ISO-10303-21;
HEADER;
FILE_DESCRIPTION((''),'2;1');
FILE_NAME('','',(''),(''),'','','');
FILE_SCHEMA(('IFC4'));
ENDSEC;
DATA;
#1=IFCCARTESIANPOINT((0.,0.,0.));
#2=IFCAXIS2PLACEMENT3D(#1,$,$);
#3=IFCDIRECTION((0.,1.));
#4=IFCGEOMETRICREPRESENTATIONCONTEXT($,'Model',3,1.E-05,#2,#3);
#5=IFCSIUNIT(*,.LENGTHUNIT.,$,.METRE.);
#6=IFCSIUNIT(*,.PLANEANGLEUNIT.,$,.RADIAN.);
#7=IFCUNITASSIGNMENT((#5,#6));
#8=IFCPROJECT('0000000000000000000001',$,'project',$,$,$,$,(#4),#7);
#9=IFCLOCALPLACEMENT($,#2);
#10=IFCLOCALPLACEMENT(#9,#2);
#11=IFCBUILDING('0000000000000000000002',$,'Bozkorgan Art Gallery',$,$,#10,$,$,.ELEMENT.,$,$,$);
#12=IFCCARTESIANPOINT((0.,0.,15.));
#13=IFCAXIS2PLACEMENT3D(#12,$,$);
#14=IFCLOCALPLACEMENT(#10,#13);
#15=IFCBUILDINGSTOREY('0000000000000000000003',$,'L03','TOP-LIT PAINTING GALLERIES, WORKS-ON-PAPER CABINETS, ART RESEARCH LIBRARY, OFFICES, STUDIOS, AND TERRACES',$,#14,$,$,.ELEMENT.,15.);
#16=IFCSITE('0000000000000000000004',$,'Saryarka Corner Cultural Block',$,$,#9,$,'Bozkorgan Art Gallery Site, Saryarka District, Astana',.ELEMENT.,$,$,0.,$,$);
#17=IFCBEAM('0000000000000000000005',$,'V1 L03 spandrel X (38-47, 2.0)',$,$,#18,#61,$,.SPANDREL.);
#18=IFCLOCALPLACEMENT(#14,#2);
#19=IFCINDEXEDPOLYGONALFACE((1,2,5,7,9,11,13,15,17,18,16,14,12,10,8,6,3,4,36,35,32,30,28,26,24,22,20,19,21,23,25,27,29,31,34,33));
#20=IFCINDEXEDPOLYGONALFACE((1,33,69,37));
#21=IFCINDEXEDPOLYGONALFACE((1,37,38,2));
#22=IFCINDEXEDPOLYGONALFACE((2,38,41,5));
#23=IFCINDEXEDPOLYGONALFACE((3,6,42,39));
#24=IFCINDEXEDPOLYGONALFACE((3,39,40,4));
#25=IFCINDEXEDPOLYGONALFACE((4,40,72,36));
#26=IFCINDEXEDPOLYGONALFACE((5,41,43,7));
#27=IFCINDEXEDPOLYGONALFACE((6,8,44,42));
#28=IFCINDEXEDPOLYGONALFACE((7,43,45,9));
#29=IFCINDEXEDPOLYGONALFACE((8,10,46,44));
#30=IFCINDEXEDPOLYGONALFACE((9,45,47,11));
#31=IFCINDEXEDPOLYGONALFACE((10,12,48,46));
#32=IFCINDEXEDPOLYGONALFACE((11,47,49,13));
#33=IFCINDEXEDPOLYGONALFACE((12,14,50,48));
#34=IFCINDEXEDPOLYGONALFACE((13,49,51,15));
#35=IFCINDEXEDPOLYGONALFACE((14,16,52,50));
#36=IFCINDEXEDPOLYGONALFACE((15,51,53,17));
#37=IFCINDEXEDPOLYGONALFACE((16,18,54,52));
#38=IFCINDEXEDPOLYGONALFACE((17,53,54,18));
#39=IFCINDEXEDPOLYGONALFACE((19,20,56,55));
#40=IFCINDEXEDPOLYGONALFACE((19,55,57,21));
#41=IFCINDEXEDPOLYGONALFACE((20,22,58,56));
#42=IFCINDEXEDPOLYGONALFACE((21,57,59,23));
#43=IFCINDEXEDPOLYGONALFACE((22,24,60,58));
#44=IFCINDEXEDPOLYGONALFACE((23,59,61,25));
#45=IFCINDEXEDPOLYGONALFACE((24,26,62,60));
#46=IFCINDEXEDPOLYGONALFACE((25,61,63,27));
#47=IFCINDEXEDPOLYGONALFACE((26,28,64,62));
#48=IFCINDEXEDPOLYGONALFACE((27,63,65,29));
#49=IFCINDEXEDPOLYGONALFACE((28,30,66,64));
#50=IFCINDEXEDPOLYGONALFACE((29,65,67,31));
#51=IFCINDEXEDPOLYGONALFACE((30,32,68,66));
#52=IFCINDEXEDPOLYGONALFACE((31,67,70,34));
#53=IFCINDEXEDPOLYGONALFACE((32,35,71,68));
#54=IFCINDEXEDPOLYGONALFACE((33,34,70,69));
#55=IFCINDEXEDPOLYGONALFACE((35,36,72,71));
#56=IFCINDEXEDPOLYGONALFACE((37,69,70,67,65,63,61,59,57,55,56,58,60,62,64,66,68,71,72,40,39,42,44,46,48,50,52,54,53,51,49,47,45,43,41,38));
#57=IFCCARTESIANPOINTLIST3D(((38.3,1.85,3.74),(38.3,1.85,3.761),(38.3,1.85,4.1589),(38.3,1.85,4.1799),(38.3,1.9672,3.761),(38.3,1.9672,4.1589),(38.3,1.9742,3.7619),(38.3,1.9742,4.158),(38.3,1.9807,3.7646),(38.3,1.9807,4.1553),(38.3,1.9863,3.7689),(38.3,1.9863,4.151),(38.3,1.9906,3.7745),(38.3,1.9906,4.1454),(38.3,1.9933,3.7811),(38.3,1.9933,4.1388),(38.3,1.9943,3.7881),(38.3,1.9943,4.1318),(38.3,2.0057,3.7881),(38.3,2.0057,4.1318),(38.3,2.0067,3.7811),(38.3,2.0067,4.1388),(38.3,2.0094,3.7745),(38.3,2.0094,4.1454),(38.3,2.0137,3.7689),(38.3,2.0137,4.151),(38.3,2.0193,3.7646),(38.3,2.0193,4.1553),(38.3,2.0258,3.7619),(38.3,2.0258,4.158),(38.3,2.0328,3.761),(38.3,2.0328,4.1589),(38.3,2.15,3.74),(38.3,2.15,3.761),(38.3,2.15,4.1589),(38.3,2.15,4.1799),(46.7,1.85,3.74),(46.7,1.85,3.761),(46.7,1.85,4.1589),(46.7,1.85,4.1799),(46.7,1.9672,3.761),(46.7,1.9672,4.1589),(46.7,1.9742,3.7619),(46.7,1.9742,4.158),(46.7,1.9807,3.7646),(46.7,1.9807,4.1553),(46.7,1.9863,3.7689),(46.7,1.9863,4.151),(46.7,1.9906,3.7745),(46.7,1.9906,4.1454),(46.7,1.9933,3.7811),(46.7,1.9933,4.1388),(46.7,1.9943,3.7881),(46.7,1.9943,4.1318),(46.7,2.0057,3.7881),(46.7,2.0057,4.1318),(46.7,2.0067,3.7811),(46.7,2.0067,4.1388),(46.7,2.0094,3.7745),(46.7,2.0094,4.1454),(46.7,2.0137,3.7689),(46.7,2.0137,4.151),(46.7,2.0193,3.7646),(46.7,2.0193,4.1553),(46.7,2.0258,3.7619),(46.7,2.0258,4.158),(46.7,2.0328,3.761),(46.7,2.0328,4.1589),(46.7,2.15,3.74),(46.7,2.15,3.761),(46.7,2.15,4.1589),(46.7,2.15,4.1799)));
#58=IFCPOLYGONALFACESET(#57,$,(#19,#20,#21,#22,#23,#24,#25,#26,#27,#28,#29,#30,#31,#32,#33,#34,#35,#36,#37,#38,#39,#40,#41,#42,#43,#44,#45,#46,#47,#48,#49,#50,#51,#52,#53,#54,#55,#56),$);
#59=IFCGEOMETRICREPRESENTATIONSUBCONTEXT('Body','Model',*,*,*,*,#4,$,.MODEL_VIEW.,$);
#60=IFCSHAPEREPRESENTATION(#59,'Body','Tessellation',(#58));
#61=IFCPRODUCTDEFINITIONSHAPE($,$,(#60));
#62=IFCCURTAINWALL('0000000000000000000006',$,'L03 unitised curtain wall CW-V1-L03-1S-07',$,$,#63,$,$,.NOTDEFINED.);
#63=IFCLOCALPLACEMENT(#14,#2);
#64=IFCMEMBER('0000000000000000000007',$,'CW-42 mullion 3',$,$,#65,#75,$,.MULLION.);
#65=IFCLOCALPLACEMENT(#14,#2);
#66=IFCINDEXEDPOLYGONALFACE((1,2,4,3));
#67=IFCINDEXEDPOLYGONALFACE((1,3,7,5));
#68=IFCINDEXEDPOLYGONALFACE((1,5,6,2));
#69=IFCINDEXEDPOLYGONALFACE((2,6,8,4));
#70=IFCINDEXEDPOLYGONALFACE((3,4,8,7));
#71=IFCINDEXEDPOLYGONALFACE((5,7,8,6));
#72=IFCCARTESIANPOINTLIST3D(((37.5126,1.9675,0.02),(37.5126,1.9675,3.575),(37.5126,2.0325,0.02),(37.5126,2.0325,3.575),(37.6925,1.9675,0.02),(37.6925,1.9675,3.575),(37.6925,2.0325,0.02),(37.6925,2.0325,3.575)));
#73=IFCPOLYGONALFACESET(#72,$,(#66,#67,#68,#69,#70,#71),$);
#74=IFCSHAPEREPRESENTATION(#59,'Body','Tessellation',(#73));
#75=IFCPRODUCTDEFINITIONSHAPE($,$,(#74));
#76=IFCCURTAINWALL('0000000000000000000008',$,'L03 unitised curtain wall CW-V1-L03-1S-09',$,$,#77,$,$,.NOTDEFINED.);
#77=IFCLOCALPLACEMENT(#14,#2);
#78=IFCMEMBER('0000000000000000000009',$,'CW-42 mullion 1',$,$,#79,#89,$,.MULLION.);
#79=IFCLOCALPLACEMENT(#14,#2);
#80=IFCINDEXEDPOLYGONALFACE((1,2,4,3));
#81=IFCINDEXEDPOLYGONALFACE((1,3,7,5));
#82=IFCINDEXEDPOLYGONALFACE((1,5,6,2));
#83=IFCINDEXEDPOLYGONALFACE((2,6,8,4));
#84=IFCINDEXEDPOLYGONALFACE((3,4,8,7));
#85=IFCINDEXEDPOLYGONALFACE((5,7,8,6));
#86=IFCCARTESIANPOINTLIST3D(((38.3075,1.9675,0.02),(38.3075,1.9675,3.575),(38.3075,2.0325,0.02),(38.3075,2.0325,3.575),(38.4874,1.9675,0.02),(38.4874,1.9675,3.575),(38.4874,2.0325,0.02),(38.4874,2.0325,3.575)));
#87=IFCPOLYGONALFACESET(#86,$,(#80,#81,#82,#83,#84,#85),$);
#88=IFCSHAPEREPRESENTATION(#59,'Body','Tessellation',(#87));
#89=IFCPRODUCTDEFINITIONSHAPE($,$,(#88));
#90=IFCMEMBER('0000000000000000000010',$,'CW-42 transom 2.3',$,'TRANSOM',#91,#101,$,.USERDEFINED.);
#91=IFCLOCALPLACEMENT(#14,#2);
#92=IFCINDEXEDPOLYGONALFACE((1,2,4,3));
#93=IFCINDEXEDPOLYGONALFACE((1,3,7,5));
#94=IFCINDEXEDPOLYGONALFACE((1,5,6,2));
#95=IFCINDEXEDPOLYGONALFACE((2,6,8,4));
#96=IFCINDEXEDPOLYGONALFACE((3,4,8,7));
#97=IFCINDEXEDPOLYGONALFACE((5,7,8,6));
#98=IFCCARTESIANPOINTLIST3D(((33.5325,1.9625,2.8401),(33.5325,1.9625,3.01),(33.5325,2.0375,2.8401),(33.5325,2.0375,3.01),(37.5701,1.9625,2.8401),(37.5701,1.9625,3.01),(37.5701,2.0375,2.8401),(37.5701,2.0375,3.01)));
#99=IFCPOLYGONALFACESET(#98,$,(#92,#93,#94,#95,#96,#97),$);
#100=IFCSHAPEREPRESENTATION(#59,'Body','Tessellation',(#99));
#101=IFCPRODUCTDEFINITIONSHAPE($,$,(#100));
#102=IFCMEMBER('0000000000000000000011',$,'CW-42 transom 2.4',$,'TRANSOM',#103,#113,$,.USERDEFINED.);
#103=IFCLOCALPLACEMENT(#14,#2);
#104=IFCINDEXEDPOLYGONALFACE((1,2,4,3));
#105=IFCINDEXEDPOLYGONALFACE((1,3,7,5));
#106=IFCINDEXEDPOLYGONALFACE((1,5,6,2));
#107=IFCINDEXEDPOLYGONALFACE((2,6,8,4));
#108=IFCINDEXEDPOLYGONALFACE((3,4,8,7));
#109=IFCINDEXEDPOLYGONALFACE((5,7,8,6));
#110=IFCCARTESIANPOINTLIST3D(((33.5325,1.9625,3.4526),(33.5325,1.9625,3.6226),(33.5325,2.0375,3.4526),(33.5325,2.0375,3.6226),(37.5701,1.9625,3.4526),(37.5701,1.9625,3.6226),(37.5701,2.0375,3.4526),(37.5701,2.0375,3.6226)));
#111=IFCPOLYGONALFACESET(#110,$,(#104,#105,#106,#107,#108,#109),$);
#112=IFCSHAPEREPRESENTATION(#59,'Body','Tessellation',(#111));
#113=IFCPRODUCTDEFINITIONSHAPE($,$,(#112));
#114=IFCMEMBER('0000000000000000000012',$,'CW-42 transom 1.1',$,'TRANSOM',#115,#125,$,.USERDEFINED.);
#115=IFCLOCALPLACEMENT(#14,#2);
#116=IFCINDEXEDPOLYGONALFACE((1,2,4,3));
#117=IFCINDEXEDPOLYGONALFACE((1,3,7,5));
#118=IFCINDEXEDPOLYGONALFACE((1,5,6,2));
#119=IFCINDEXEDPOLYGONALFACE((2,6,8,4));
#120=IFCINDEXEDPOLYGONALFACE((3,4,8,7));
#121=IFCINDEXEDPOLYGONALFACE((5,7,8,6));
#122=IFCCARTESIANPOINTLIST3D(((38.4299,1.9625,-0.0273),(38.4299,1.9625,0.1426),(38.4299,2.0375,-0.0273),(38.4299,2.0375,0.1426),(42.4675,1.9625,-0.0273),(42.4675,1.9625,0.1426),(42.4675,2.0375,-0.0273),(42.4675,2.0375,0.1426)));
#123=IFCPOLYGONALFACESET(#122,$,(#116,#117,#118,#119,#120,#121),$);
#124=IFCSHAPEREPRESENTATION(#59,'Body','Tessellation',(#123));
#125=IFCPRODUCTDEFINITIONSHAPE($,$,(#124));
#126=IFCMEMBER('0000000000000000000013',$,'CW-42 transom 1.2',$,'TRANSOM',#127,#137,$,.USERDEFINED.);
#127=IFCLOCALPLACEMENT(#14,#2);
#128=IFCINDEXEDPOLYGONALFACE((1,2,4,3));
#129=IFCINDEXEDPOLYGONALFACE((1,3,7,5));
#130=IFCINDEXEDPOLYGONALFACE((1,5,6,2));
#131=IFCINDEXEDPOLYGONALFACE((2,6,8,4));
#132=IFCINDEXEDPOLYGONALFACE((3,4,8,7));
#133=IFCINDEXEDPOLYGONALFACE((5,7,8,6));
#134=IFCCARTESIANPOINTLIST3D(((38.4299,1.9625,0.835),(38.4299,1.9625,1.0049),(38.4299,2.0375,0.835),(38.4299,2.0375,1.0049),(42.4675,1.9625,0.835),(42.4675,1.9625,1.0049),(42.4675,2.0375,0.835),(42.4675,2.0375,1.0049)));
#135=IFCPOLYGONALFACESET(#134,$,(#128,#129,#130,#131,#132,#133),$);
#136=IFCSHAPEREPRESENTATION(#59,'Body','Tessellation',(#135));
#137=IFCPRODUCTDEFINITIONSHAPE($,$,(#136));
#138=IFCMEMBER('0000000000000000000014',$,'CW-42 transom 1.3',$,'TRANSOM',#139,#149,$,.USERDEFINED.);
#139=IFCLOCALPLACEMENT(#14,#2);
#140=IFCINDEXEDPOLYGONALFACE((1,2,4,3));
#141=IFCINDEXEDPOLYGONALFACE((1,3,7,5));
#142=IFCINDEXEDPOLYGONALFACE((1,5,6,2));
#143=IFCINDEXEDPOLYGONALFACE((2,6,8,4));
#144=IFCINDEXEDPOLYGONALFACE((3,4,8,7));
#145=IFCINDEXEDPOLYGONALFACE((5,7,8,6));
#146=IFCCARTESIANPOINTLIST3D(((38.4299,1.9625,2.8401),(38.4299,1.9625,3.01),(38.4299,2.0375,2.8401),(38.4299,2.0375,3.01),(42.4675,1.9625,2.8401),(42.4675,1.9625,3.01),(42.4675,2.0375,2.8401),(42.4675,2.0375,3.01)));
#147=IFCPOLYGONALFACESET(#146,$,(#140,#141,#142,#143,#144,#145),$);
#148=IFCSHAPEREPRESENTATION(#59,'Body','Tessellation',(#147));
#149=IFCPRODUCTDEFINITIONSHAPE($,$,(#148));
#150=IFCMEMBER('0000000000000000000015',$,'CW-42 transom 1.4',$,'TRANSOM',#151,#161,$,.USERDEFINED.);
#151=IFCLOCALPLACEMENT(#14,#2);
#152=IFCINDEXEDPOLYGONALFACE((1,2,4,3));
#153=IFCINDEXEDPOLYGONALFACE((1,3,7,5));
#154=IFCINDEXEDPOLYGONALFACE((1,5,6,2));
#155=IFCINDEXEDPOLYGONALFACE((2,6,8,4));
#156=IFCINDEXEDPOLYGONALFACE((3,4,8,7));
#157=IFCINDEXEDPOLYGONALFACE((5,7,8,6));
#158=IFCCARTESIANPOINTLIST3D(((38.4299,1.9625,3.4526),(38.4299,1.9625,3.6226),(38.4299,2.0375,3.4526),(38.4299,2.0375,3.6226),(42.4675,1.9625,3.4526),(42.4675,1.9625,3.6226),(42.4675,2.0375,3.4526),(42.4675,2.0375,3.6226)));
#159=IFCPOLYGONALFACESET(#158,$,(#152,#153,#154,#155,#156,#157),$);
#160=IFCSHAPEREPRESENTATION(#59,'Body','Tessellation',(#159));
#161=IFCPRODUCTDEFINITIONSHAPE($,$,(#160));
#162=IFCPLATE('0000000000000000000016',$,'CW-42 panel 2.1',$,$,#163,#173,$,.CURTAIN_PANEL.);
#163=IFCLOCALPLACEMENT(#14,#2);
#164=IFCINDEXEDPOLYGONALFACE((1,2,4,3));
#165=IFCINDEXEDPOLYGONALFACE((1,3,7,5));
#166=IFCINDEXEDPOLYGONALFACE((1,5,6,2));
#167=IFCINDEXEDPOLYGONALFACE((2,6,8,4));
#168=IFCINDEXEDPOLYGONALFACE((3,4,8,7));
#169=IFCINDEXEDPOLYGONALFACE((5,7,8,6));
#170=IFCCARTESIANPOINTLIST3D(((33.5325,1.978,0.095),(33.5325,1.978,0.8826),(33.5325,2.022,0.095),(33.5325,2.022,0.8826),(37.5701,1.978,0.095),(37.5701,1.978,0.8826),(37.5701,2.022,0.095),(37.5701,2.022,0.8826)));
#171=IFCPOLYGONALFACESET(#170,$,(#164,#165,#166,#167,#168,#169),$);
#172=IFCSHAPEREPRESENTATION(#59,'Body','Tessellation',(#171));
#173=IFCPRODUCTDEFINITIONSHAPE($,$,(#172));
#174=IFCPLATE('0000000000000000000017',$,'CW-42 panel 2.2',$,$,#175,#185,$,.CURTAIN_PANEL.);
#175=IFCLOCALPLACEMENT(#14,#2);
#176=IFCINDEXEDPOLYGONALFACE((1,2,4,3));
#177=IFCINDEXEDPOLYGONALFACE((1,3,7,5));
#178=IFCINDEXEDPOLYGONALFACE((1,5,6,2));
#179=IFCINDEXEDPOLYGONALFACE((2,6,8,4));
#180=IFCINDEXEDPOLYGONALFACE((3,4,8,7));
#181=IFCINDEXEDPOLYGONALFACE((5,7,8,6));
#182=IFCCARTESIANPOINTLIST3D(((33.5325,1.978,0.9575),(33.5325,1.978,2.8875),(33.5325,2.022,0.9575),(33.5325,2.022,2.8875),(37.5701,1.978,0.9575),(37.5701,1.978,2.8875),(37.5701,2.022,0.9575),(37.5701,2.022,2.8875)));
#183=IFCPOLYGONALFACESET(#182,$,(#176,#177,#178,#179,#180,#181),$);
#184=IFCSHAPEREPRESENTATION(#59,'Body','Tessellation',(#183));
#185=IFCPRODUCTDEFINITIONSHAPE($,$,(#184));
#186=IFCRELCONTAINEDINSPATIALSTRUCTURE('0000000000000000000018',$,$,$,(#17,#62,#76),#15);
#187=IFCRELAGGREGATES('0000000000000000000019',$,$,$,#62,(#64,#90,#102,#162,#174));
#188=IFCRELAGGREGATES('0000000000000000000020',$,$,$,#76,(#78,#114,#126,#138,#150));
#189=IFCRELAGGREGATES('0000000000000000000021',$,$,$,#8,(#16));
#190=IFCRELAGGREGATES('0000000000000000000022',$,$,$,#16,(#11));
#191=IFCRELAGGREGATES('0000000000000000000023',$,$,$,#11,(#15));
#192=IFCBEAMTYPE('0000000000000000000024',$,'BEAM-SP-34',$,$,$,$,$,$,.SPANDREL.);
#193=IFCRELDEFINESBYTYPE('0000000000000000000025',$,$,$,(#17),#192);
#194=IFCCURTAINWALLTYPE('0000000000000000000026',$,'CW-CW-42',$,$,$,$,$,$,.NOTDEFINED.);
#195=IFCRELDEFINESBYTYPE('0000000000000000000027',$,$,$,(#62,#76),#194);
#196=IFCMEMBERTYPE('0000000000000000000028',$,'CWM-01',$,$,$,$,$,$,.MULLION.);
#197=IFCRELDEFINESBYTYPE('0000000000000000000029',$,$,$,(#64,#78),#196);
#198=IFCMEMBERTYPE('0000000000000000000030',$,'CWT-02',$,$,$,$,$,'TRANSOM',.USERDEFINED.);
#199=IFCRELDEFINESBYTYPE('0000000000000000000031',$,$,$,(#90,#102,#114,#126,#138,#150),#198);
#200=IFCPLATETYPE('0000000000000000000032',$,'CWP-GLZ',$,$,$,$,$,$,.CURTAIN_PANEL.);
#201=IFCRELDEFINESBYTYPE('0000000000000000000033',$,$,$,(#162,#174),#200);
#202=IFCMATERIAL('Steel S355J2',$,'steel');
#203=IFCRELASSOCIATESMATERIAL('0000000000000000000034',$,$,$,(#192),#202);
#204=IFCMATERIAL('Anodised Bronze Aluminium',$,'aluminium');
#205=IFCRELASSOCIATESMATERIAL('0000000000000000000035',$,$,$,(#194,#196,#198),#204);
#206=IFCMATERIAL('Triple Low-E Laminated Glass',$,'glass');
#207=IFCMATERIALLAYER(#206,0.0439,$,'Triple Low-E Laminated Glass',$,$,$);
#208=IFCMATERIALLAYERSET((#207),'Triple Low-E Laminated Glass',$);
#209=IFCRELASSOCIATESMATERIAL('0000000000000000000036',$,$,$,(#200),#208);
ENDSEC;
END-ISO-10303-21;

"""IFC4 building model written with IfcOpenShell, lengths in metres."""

from ifc_helpers import new_model, si_unit, direction, frame, origin, origin_2d, place, context, subcontext, project, spatial, rectangle, i_section, extrude, material, layer, layer_set, material_profile, profile_set, type_object, element, aggregate, save


model = new_model("IFC4")

# Units and contexts
model_context = context("Model", 3, precision=1e-05, world=origin(), true_north=direction((0.0, 1.0)))
body_context = subcontext(model_context, "Body", "Model", "MODEL_VIEW")
ifc_project = project(units=[si_unit("LENGTHUNIT", "METRE"), si_unit("PLANEANGLEUNIT", "RADIAN")], contexts=[model_context])

# Site, building, storey
site_placement = place(None, origin())
site = spatial("IfcSite", under=ifc_project, at=site_placement, Name="Saryarka Corner Cultural Block", LongName="Bozkorgan Art Gallery Site, Saryarka District, Astana", CompositionType="ELEMENT", RefElevation=0.0)
building_placement = place(site_placement, origin())
building = spatial("IfcBuilding", under=site, at=building_placement, Name="Bozkorgan Art Gallery", CompositionType="ELEMENT")
storey_placement = place(building_placement, frame((0.0, 0.0, 15.0)))
storey = spatial("IfcBuildingStorey", under=building, at=storey_placement, Name="L03", Description="TOP-LIT PAINTING GALLERIES, WORKS-ON-PAPER CABINETS, ART RESEARCH LIBRARY, OFFICES, STUDIOS, AND TERRACES", CompositionType="ELEMENT", Elevation=15.0)

# Beam
ifc_material_1 = material(Name="Steel S355J2", Category="steel")
ifc_material_profile_1 = material_profile(ifc_material_1, i_section(OverallWidth=0.3, OverallDepth=0.4399, WebThickness=0.0115, FlangeThickness=0.021, FilletRadius=0.0271, at=origin_2d()), Name="HEA 450")
ifc_profile_set_1 = profile_set([ifc_material_profile_1], Name="Steel S355J2")
beam_type_1 = type_object("IfcBeamType", Name="BEAM-SP-34", PredefinedType="SPANDREL", material=ifc_profile_set_1)
beam_placement = place(storey_placement, frame((38.3, 2.0, 3.96), z_axis=(1.0, 0.0, 0.0), x_axis=(0.0, 1.0, 0.0)))
element("IfcBeam", 1, at=beam_placement, inside=storey, type_object=beam_type_1, Name="V1 L03 spandrel X (38-47, 2.0)", PredefinedType="SPANDREL", context=body_context, shape_type="SweptSolid", body=[
    extrude(i_section(OverallWidth=0.3, OverallDepth=0.4399, WebThickness=0.0115, FlangeThickness=0.021, FilletRadius=0.0271, at=origin_2d()), origin(), (0.0, 0.0, 1.0), 8.3999),
])

# Curtain walls, members
ifc_material_2 = material(Name="Anodised Bronze Aluminium", Category="aluminium")
curtain_wall_type = type_object("IfcCurtainWallType", Name="CW-CW-42", PredefinedType="NOTDEFINED", material=ifc_material_2)
curtain_wall_1_placement = place(storey_placement, origin())
curtain_wall_1 = element("IfcCurtainWall", 2, at=curtain_wall_1_placement, inside=storey, type_object=curtain_wall_type, Name="L03 unitised curtain wall CW-V1-L03-1S-07", PredefinedType="NOTDEFINED")
ifc_material_profile_2 = material_profile(ifc_material_2, rectangle(XDim=0.0649, YDim=0.1799, at=origin_2d()), Name="ALU MULLION 65x180")
ifc_profile_set_2 = profile_set([ifc_material_profile_2], Name="Anodised Bronze Aluminium")
member_type_1 = type_object("IfcMemberType", Name="CWM-01", PredefinedType="MULLION", material=ifc_profile_set_2)
member_1_placement = place(storey_placement, frame((37.6025, 2.0, 0.02), z_axis=(0.0, 0.0, 1.0), x_axis=(0.0, 1.0, 0.0)))
member_1 = element("IfcMember", 3, at=member_1_placement, type_object=member_type_1, Name="CW-42 mullion 3", PredefinedType="MULLION", context=body_context, shape_type="SweptSolid", body=[
    extrude(rectangle(XDim=0.0649, YDim=0.1799, at=origin_2d()), origin(), (0.0, 0.0, 1.0), 3.5549),
])
curtain_wall_2_placement = place(storey_placement, origin())
curtain_wall_2 = element("IfcCurtainWall", 4, at=curtain_wall_2_placement, inside=storey, type_object=curtain_wall_type, Name="L03 unitised curtain wall CW-V1-L03-1S-09", PredefinedType="NOTDEFINED")
member_2_placement = place(storey_placement, frame((38.3975, 2.0, 0.02), z_axis=(0.0, 0.0, 1.0), x_axis=(0.0, 1.0, 0.0)))
member_2 = element("IfcMember", 5, at=member_2_placement, type_object=member_type_1, Name="CW-42 mullion 1", PredefinedType="MULLION", context=body_context, shape_type="SweptSolid", body=[
    extrude(rectangle(XDim=0.0649, YDim=0.1799, at=origin_2d()), origin(), (0.0, 0.0, 1.0), 3.5549),
])

# Members
ifc_material_profile_3 = material_profile(ifc_material_2, rectangle(XDim=0.075, YDim=0.1699, at=origin_2d()), Name="ALU TRANSOM 75x170")
ifc_profile_set_3 = profile_set([ifc_material_profile_3], Name="Anodised Bronze Aluminium")
member_type_2 = type_object("IfcMemberType", Name="CWT-02", ElementType="TRANSOM", PredefinedType="USERDEFINED", material=ifc_profile_set_3)
member_3_placement = place(storey_placement, frame((33.5325, 2.0, 2.925), z_axis=(1.0, 0.0, 0.0), x_axis=(0.0, 1.0, 0.0)))
member_3 = element("IfcMember", 6, at=member_3_placement, type_object=member_type_2, Name="CW-42 transom 2.3", ObjectType="TRANSOM", PredefinedType="USERDEFINED", context=body_context, shape_type="SweptSolid", body=[
    extrude(rectangle(XDim=0.075, YDim=0.1699, at=origin_2d()), origin(), (0.0, 0.0, 1.0), 4.0376),
])
member_4_placement = place(storey_placement, frame((33.5325, 2.0, 3.5376), z_axis=(1.0, 0.0, 0.0), x_axis=(0.0, 1.0, 0.0)))
member_4 = element("IfcMember", 7, at=member_4_placement, type_object=member_type_2, Name="CW-42 transom 2.4", ObjectType="TRANSOM", PredefinedType="USERDEFINED", context=body_context, shape_type="SweptSolid", body=[
    extrude(rectangle(XDim=0.075, YDim=0.1699, at=origin_2d()), origin(), (0.0, 0.0, 1.0), 4.0376),
])
member_5_placement = place(storey_placement, frame((38.4299, 2.0, 0.0576), z_axis=(1.0, 0.0, 0.0), x_axis=(0.0, 1.0, 0.0)))
member_5 = element("IfcMember", 8, at=member_5_placement, type_object=member_type_2, Name="CW-42 transom 1.1", ObjectType="TRANSOM", PredefinedType="USERDEFINED", context=body_context, shape_type="SweptSolid", body=[
    extrude(rectangle(XDim=0.075, YDim=0.1699, at=origin_2d()), origin(), (0.0, 0.0, 1.0), 4.0376),
])
member_6_placement = place(storey_placement, frame((38.4299, 2.0, 0.9199), z_axis=(1.0, 0.0, 0.0), x_axis=(0.0, 1.0, 0.0)))
member_6 = element("IfcMember", 9, at=member_6_placement, type_object=member_type_2, Name="CW-42 transom 1.2", ObjectType="TRANSOM", PredefinedType="USERDEFINED", context=body_context, shape_type="SweptSolid", body=[
    extrude(rectangle(XDim=0.075, YDim=0.1699, at=origin_2d()), origin(), (0.0, 0.0, 1.0), 4.0376),
])
member_7_placement = place(storey_placement, frame((38.4299, 2.0, 2.925), z_axis=(1.0, 0.0, 0.0), x_axis=(0.0, 1.0, 0.0)))
member_7 = element("IfcMember", 10, at=member_7_placement, type_object=member_type_2, Name="CW-42 transom 1.3", ObjectType="TRANSOM", PredefinedType="USERDEFINED", context=body_context, shape_type="SweptSolid", body=[
    extrude(rectangle(XDim=0.075, YDim=0.1699, at=origin_2d()), origin(), (0.0, 0.0, 1.0), 4.0376),
])
member_8_placement = place(storey_placement, frame((38.4299, 2.0, 3.5376), z_axis=(1.0, 0.0, 0.0), x_axis=(0.0, 1.0, 0.0)))
member_8 = element("IfcMember", 11, at=member_8_placement, type_object=member_type_2, Name="CW-42 transom 1.4", ObjectType="TRANSOM", PredefinedType="USERDEFINED", context=body_context, shape_type="SweptSolid", body=[
    extrude(rectangle(XDim=0.075, YDim=0.1699, at=origin_2d()), origin(), (0.0, 0.0, 1.0), 4.0376),
])

# Plates
ifc_material_3 = material(Name="Triple Low-E Laminated Glass", Category="glass")
ifc_layer_1 = layer(ifc_material_3, 0.0439, Name="Triple Low-E Laminated Glass")
ifc_layer_set_1 = layer_set([ifc_layer_1], Name="Triple Low-E Laminated Glass")
plate_type = type_object("IfcPlateType", Name="CWP-GLZ", PredefinedType="CURTAIN_PANEL", material=ifc_layer_set_1)
plate_1_placement = place(storey_placement, frame((35.5513, 2.0, 0.095), z_axis=(0.0, 0.0, 1.0), x_axis=(1.0, 0.0, 0.0)))
plate_1 = element("IfcPlate", 12, at=plate_1_placement, type_object=plate_type, Name="CW-42 panel 2.1", PredefinedType="CURTAIN_PANEL", context=body_context, shape_type="SweptSolid", body=[
    extrude(rectangle(XDim=4.0376, YDim=0.0439, at=origin_2d()), origin(), (0.0, 0.0, 1.0), 0.7876),
])
plate_2_placement = place(storey_placement, frame((35.5513, 2.0, 0.9575), z_axis=(0.0, 0.0, 1.0), x_axis=(1.0, 0.0, 0.0)))
plate_2 = element("IfcPlate", 13, at=plate_2_placement, type_object=plate_type, Name="CW-42 panel 2.2", PredefinedType="CURTAIN_PANEL", context=body_context, shape_type="SweptSolid", body=[
    extrude(rectangle(XDim=4.0376, YDim=0.0439, at=origin_2d()), origin(), (0.0, 0.0, 1.0), 1.9299),
])
aggregate(curtain_wall_1, [member_1, member_3, member_4, plate_1, plate_2])
aggregate(curtain_wall_2, [member_2, member_5, member_6, member_7, member_8])

save(model, "model.ifc")
